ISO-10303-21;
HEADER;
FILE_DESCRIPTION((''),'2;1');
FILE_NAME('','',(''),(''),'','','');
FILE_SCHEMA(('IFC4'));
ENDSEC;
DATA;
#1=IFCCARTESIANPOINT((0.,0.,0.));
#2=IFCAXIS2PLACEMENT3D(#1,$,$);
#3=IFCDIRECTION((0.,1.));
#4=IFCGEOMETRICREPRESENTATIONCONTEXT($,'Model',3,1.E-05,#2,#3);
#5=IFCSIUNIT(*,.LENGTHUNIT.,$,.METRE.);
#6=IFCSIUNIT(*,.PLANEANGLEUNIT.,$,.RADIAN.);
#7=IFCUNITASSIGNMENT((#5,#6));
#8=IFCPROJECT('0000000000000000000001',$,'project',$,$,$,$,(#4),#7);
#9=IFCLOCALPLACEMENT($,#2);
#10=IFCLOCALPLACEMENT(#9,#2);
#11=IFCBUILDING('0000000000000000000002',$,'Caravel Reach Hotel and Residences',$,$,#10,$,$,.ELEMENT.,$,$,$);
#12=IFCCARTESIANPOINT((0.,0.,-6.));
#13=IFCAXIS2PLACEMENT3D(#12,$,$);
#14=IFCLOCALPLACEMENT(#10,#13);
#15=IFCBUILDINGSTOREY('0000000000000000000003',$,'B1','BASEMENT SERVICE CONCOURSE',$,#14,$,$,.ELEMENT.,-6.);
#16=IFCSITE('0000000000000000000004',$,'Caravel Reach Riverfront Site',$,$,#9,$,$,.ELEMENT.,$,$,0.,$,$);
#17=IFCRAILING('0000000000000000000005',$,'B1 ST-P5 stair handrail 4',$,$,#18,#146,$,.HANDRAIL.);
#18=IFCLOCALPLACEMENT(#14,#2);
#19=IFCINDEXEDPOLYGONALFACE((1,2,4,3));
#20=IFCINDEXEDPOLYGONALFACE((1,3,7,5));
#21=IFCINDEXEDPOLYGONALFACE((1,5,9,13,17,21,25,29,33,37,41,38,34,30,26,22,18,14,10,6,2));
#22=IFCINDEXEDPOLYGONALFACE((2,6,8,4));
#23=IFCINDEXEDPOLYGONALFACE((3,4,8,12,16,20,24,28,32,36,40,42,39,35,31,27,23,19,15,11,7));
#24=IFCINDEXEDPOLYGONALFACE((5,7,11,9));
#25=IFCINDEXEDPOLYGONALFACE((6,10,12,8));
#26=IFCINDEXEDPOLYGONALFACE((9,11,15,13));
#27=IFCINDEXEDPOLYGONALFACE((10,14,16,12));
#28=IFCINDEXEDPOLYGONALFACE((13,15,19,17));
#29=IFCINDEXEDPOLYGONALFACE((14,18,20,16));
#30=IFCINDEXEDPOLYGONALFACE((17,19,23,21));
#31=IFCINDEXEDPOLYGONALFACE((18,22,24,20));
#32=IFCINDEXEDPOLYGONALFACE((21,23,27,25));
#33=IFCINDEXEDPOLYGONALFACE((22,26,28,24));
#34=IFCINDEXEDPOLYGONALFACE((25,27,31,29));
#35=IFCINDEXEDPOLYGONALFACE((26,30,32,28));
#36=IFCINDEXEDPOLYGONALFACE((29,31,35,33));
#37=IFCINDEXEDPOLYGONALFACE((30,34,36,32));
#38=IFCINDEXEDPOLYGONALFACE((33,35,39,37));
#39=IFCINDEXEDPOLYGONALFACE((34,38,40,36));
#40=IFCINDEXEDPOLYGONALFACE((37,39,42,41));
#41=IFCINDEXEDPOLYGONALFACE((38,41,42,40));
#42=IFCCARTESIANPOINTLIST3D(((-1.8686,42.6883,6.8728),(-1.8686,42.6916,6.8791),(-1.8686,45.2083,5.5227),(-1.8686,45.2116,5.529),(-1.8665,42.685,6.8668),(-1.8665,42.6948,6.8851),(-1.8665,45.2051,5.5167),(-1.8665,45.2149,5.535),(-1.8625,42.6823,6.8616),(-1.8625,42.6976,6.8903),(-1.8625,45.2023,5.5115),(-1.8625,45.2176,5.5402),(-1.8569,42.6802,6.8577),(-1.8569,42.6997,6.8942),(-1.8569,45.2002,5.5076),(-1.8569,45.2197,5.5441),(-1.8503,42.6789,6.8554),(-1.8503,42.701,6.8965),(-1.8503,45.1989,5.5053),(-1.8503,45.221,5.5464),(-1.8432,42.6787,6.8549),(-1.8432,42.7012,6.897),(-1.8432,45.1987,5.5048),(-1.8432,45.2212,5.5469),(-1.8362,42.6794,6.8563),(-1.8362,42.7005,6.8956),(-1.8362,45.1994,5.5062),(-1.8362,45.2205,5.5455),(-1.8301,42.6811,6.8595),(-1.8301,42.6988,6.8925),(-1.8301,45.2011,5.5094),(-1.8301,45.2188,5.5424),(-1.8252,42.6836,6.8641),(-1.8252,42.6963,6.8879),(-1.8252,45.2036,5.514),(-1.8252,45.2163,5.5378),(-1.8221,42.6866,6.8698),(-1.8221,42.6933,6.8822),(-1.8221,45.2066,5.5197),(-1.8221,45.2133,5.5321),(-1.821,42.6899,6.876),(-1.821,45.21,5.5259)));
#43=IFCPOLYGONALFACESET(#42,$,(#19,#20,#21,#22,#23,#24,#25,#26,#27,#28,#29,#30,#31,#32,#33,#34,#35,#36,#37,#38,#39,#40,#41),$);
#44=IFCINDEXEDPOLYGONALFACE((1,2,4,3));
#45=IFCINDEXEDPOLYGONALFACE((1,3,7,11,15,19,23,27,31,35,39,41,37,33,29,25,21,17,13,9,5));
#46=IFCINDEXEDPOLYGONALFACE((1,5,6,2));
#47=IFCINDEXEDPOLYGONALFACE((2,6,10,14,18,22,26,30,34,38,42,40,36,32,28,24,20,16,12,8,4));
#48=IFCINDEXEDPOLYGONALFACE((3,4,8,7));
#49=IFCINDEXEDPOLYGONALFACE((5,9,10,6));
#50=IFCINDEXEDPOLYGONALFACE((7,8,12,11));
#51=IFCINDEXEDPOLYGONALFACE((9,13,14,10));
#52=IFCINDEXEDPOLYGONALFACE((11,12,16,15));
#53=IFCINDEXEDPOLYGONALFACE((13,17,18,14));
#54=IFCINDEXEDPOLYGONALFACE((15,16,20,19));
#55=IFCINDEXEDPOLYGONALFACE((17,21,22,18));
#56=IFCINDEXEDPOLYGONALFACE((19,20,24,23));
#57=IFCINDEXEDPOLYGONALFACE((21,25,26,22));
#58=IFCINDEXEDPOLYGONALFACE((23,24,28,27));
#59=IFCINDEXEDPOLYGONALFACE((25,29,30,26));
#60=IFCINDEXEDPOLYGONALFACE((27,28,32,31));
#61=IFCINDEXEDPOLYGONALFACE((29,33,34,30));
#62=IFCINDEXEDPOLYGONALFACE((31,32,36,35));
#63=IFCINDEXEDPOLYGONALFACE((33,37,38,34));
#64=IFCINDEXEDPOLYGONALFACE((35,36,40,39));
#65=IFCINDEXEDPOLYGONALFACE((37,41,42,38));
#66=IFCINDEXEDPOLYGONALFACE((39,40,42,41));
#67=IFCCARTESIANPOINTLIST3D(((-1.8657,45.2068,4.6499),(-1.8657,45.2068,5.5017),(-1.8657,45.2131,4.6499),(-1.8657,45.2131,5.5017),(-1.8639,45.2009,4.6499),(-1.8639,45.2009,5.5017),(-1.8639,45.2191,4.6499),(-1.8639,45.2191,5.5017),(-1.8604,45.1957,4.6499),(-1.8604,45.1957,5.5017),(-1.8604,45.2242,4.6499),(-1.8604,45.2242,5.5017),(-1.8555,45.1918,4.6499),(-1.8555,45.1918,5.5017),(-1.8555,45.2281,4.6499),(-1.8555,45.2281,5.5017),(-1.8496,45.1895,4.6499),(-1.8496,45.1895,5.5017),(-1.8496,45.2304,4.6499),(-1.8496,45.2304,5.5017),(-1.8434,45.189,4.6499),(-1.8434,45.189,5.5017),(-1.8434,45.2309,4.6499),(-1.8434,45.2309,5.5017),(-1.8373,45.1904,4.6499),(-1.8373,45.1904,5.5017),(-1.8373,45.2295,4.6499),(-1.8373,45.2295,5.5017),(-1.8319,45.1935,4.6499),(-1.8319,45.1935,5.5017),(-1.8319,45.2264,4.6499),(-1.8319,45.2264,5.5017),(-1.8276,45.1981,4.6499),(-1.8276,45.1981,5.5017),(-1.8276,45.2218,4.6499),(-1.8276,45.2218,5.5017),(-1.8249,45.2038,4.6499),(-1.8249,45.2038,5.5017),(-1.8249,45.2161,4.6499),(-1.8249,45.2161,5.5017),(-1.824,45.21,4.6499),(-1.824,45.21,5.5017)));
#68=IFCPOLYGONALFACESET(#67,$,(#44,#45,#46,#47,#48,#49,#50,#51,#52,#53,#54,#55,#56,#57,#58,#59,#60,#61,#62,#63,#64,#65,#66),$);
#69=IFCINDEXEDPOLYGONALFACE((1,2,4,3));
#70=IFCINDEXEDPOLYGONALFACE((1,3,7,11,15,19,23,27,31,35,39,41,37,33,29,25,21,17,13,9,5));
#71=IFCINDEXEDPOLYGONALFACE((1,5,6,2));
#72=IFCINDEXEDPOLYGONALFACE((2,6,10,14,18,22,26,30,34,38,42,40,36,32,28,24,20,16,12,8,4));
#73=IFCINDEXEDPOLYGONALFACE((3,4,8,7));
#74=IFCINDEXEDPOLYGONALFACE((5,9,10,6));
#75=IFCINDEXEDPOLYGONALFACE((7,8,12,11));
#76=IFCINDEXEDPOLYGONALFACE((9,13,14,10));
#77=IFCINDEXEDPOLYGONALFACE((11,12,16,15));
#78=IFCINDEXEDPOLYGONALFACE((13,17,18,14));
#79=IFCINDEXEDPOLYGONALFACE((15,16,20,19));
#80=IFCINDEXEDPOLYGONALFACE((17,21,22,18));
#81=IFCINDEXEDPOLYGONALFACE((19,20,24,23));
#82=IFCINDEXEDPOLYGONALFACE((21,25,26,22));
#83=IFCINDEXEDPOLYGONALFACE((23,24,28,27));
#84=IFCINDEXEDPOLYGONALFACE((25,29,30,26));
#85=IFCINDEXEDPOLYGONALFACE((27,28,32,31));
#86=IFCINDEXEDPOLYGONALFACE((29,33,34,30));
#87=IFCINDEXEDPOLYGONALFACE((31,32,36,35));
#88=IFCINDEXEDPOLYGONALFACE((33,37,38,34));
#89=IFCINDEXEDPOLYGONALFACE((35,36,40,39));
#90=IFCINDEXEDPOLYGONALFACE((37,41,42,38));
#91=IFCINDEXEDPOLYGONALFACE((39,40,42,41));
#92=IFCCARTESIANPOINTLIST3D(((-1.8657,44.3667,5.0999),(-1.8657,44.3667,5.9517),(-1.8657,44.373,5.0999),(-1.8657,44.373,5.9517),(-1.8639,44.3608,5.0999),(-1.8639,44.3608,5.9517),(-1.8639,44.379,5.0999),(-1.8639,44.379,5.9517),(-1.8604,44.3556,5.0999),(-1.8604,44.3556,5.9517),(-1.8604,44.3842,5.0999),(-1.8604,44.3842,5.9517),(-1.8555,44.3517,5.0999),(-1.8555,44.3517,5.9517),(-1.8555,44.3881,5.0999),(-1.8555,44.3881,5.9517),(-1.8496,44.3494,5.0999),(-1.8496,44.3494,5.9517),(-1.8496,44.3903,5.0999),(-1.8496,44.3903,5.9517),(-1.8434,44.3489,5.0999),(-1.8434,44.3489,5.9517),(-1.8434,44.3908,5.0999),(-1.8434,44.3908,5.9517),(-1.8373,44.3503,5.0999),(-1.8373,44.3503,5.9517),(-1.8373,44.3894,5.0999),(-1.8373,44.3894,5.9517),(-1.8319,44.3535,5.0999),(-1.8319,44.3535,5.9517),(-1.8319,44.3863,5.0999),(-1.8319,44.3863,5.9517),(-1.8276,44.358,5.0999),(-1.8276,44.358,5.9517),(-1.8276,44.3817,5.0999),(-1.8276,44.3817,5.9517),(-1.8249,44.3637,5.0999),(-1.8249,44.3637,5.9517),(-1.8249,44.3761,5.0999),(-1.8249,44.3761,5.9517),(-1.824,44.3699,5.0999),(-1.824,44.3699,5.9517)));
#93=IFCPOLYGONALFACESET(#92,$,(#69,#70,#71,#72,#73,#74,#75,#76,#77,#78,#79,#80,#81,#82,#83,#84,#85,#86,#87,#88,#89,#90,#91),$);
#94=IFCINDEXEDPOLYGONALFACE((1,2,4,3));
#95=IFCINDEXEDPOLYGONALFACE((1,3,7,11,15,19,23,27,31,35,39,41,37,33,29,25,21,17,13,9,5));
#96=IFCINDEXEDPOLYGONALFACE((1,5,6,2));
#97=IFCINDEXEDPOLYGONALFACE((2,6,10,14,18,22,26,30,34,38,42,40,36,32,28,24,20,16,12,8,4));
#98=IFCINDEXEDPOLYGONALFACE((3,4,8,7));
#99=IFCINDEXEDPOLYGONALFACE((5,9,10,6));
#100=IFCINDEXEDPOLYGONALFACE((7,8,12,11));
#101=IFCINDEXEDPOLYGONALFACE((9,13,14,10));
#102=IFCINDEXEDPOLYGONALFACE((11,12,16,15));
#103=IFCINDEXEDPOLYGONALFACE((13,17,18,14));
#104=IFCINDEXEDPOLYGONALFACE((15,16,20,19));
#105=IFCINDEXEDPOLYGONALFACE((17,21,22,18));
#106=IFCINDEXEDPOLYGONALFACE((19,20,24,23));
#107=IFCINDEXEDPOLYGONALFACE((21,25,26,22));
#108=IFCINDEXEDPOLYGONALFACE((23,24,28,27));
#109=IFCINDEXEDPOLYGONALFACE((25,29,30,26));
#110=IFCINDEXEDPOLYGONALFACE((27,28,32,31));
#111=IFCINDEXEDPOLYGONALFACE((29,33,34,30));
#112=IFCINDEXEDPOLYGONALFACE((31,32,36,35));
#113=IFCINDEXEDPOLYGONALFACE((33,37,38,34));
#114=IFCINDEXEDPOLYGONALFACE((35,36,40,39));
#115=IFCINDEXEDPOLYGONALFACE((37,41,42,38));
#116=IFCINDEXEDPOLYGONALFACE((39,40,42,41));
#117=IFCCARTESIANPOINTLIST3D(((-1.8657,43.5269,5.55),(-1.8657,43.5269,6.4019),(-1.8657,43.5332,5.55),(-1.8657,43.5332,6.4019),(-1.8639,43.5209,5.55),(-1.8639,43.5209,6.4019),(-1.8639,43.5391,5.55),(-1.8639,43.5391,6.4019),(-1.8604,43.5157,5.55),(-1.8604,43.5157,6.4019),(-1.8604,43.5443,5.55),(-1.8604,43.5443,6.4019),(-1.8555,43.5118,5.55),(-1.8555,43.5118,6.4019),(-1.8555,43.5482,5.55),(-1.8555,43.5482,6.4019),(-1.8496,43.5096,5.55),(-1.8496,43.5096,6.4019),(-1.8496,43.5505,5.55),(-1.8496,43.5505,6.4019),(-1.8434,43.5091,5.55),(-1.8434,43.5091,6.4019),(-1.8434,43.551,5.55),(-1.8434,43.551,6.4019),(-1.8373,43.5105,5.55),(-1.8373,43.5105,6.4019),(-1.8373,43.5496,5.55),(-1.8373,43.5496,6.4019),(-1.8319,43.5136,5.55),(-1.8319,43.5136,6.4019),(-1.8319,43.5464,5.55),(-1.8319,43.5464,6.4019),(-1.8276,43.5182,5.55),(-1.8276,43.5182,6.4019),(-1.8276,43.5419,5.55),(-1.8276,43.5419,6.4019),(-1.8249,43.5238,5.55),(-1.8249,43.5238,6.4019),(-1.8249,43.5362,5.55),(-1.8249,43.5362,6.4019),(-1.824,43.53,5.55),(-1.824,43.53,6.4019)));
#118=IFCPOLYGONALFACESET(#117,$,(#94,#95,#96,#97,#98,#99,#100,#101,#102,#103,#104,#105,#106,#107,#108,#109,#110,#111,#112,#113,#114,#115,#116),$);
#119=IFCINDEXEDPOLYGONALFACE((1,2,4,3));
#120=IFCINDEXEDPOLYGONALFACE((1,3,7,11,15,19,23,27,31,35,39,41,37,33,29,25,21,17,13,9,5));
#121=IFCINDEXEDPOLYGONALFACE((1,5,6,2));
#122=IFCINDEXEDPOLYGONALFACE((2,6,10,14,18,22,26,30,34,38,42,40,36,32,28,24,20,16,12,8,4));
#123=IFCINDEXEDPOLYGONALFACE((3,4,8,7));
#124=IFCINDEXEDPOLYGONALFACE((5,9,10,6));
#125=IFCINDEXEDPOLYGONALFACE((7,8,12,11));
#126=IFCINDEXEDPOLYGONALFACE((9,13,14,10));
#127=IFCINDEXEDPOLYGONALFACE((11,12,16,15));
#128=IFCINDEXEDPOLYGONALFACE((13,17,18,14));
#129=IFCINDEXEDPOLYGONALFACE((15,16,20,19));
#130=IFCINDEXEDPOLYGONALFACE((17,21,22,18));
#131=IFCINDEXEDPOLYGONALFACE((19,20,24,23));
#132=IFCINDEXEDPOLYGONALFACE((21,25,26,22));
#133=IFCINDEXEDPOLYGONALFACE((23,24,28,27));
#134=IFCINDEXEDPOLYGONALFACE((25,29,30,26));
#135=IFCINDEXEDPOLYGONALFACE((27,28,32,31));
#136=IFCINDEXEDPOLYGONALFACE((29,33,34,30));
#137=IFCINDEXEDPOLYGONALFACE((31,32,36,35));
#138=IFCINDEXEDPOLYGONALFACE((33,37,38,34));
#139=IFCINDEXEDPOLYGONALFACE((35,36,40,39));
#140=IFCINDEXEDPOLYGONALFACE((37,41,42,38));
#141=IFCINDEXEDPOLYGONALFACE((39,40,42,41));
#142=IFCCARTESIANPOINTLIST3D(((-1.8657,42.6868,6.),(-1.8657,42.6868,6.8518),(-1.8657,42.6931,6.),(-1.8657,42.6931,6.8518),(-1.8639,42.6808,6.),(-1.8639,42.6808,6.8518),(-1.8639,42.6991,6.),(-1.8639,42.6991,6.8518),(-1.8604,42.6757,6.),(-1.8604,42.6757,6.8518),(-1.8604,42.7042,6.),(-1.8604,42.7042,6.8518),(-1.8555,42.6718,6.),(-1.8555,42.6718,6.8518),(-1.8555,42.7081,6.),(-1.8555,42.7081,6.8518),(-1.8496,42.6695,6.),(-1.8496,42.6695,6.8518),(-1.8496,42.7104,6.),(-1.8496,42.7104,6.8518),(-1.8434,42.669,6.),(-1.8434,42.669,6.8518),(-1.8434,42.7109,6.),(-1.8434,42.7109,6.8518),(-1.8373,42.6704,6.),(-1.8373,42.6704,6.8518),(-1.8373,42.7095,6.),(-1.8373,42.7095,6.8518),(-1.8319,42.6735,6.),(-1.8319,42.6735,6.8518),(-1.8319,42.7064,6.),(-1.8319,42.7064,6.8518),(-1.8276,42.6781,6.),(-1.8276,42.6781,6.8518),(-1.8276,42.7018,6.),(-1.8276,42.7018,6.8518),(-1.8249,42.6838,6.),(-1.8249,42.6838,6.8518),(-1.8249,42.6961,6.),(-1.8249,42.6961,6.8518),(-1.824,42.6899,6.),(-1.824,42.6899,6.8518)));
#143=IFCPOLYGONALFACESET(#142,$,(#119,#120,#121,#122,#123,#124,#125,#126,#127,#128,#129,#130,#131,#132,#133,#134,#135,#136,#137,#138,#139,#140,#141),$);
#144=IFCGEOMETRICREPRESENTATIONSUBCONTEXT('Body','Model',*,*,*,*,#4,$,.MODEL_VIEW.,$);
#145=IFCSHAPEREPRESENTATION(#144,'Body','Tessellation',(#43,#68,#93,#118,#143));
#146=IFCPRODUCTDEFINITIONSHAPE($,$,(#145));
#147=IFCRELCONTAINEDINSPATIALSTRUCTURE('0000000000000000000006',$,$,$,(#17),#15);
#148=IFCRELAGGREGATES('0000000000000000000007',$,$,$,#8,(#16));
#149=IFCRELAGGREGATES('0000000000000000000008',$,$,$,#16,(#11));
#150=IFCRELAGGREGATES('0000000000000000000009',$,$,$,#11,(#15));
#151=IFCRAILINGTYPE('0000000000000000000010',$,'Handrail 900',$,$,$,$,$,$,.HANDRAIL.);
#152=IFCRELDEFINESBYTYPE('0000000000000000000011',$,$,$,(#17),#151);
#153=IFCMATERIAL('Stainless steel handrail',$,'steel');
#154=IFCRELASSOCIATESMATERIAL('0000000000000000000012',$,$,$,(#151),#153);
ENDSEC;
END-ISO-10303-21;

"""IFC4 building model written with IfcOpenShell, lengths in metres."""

from ifc_helpers import new_model, si_unit, direction, frame, origin, origin_2d, place, context, subcontext, project, spatial, circle, extrude, material, type_object, element, save


model = new_model("IFC4")

# Units and contexts
model_context = context("Model", 3, precision=1e-05, world=origin(), true_north=direction((0.0, 1.0)))
body_context = subcontext(model_context, "Body", "Model", "MODEL_VIEW")
ifc_project = project(units=[si_unit("LENGTHUNIT", "METRE"), si_unit("PLANEANGLEUNIT", "RADIAN")], contexts=[model_context])

# Site, building, storey
site_placement = place(None, origin())
site = spatial("IfcSite", under=ifc_project, at=site_placement, Name="Caravel Reach Riverfront Site", CompositionType="ELEMENT", RefElevation=0.0)
building_placement = place(site_placement, origin())
building = spatial("IfcBuilding", under=site, at=building_placement, Name="Caravel Reach Hotel and Residences", CompositionType="ELEMENT")
storey_placement = place(building_placement, frame((0.0, 0.0, -6.0)))
storey = spatial("IfcBuildingStorey", under=building, at=storey_placement, Name="B1", Description="BASEMENT SERVICE CONCOURSE", CompositionType="ELEMENT", Elevation=-6.0)

# Railing
ifc_material_1 = material(Name="Stainless steel handrail", Category="steel")
railing_type_1 = type_object("IfcRailingType", Name="Handrail 900", PredefinedType="HANDRAIL", material=ifc_material_1)
for number, where, name in (
    (1, (-1.845, 45.21, 4.6499), "B1 ST-P5 stair handrail 4"),
):
    element("IfcRailing", number, at=place(storey_placement, frame(where)), inside=storey, type_object=railing_type_1, Name=name, PredefinedType="HANDRAIL", context=body_context, shape_type="SweptSolid", body=[
        extrude(circle(Radius=0.0239, at=origin_2d()), frame((0.0, 0.0, 0.876), z_axis=(0.0, -0.881467, 0.472245), x_axis=(1.0, 0.0, 0.0)), (0.0, 0.0, 1.0), 2.8589),
        extrude(circle(Radius=0.021, at=origin_2d()), origin(), (0.0, 0.0, 1.0), 0.8518),
        extrude(circle(Radius=0.021, at=origin_2d()), frame((0.0, -0.8401, 0.45)), (0.0, 0.0, 1.0), 0.8518),
        extrude(circle(Radius=0.021, at=origin_2d()), frame((0.0, -1.6799, 0.9001)), (0.0, 0.0, 1.0), 0.8518),
        extrude(circle(Radius=0.021, at=origin_2d()), frame((0.0, -2.52, 1.3501)), (0.0, 0.0, 1.0), 0.8518),
    ])

save(model, "model.ifc")
